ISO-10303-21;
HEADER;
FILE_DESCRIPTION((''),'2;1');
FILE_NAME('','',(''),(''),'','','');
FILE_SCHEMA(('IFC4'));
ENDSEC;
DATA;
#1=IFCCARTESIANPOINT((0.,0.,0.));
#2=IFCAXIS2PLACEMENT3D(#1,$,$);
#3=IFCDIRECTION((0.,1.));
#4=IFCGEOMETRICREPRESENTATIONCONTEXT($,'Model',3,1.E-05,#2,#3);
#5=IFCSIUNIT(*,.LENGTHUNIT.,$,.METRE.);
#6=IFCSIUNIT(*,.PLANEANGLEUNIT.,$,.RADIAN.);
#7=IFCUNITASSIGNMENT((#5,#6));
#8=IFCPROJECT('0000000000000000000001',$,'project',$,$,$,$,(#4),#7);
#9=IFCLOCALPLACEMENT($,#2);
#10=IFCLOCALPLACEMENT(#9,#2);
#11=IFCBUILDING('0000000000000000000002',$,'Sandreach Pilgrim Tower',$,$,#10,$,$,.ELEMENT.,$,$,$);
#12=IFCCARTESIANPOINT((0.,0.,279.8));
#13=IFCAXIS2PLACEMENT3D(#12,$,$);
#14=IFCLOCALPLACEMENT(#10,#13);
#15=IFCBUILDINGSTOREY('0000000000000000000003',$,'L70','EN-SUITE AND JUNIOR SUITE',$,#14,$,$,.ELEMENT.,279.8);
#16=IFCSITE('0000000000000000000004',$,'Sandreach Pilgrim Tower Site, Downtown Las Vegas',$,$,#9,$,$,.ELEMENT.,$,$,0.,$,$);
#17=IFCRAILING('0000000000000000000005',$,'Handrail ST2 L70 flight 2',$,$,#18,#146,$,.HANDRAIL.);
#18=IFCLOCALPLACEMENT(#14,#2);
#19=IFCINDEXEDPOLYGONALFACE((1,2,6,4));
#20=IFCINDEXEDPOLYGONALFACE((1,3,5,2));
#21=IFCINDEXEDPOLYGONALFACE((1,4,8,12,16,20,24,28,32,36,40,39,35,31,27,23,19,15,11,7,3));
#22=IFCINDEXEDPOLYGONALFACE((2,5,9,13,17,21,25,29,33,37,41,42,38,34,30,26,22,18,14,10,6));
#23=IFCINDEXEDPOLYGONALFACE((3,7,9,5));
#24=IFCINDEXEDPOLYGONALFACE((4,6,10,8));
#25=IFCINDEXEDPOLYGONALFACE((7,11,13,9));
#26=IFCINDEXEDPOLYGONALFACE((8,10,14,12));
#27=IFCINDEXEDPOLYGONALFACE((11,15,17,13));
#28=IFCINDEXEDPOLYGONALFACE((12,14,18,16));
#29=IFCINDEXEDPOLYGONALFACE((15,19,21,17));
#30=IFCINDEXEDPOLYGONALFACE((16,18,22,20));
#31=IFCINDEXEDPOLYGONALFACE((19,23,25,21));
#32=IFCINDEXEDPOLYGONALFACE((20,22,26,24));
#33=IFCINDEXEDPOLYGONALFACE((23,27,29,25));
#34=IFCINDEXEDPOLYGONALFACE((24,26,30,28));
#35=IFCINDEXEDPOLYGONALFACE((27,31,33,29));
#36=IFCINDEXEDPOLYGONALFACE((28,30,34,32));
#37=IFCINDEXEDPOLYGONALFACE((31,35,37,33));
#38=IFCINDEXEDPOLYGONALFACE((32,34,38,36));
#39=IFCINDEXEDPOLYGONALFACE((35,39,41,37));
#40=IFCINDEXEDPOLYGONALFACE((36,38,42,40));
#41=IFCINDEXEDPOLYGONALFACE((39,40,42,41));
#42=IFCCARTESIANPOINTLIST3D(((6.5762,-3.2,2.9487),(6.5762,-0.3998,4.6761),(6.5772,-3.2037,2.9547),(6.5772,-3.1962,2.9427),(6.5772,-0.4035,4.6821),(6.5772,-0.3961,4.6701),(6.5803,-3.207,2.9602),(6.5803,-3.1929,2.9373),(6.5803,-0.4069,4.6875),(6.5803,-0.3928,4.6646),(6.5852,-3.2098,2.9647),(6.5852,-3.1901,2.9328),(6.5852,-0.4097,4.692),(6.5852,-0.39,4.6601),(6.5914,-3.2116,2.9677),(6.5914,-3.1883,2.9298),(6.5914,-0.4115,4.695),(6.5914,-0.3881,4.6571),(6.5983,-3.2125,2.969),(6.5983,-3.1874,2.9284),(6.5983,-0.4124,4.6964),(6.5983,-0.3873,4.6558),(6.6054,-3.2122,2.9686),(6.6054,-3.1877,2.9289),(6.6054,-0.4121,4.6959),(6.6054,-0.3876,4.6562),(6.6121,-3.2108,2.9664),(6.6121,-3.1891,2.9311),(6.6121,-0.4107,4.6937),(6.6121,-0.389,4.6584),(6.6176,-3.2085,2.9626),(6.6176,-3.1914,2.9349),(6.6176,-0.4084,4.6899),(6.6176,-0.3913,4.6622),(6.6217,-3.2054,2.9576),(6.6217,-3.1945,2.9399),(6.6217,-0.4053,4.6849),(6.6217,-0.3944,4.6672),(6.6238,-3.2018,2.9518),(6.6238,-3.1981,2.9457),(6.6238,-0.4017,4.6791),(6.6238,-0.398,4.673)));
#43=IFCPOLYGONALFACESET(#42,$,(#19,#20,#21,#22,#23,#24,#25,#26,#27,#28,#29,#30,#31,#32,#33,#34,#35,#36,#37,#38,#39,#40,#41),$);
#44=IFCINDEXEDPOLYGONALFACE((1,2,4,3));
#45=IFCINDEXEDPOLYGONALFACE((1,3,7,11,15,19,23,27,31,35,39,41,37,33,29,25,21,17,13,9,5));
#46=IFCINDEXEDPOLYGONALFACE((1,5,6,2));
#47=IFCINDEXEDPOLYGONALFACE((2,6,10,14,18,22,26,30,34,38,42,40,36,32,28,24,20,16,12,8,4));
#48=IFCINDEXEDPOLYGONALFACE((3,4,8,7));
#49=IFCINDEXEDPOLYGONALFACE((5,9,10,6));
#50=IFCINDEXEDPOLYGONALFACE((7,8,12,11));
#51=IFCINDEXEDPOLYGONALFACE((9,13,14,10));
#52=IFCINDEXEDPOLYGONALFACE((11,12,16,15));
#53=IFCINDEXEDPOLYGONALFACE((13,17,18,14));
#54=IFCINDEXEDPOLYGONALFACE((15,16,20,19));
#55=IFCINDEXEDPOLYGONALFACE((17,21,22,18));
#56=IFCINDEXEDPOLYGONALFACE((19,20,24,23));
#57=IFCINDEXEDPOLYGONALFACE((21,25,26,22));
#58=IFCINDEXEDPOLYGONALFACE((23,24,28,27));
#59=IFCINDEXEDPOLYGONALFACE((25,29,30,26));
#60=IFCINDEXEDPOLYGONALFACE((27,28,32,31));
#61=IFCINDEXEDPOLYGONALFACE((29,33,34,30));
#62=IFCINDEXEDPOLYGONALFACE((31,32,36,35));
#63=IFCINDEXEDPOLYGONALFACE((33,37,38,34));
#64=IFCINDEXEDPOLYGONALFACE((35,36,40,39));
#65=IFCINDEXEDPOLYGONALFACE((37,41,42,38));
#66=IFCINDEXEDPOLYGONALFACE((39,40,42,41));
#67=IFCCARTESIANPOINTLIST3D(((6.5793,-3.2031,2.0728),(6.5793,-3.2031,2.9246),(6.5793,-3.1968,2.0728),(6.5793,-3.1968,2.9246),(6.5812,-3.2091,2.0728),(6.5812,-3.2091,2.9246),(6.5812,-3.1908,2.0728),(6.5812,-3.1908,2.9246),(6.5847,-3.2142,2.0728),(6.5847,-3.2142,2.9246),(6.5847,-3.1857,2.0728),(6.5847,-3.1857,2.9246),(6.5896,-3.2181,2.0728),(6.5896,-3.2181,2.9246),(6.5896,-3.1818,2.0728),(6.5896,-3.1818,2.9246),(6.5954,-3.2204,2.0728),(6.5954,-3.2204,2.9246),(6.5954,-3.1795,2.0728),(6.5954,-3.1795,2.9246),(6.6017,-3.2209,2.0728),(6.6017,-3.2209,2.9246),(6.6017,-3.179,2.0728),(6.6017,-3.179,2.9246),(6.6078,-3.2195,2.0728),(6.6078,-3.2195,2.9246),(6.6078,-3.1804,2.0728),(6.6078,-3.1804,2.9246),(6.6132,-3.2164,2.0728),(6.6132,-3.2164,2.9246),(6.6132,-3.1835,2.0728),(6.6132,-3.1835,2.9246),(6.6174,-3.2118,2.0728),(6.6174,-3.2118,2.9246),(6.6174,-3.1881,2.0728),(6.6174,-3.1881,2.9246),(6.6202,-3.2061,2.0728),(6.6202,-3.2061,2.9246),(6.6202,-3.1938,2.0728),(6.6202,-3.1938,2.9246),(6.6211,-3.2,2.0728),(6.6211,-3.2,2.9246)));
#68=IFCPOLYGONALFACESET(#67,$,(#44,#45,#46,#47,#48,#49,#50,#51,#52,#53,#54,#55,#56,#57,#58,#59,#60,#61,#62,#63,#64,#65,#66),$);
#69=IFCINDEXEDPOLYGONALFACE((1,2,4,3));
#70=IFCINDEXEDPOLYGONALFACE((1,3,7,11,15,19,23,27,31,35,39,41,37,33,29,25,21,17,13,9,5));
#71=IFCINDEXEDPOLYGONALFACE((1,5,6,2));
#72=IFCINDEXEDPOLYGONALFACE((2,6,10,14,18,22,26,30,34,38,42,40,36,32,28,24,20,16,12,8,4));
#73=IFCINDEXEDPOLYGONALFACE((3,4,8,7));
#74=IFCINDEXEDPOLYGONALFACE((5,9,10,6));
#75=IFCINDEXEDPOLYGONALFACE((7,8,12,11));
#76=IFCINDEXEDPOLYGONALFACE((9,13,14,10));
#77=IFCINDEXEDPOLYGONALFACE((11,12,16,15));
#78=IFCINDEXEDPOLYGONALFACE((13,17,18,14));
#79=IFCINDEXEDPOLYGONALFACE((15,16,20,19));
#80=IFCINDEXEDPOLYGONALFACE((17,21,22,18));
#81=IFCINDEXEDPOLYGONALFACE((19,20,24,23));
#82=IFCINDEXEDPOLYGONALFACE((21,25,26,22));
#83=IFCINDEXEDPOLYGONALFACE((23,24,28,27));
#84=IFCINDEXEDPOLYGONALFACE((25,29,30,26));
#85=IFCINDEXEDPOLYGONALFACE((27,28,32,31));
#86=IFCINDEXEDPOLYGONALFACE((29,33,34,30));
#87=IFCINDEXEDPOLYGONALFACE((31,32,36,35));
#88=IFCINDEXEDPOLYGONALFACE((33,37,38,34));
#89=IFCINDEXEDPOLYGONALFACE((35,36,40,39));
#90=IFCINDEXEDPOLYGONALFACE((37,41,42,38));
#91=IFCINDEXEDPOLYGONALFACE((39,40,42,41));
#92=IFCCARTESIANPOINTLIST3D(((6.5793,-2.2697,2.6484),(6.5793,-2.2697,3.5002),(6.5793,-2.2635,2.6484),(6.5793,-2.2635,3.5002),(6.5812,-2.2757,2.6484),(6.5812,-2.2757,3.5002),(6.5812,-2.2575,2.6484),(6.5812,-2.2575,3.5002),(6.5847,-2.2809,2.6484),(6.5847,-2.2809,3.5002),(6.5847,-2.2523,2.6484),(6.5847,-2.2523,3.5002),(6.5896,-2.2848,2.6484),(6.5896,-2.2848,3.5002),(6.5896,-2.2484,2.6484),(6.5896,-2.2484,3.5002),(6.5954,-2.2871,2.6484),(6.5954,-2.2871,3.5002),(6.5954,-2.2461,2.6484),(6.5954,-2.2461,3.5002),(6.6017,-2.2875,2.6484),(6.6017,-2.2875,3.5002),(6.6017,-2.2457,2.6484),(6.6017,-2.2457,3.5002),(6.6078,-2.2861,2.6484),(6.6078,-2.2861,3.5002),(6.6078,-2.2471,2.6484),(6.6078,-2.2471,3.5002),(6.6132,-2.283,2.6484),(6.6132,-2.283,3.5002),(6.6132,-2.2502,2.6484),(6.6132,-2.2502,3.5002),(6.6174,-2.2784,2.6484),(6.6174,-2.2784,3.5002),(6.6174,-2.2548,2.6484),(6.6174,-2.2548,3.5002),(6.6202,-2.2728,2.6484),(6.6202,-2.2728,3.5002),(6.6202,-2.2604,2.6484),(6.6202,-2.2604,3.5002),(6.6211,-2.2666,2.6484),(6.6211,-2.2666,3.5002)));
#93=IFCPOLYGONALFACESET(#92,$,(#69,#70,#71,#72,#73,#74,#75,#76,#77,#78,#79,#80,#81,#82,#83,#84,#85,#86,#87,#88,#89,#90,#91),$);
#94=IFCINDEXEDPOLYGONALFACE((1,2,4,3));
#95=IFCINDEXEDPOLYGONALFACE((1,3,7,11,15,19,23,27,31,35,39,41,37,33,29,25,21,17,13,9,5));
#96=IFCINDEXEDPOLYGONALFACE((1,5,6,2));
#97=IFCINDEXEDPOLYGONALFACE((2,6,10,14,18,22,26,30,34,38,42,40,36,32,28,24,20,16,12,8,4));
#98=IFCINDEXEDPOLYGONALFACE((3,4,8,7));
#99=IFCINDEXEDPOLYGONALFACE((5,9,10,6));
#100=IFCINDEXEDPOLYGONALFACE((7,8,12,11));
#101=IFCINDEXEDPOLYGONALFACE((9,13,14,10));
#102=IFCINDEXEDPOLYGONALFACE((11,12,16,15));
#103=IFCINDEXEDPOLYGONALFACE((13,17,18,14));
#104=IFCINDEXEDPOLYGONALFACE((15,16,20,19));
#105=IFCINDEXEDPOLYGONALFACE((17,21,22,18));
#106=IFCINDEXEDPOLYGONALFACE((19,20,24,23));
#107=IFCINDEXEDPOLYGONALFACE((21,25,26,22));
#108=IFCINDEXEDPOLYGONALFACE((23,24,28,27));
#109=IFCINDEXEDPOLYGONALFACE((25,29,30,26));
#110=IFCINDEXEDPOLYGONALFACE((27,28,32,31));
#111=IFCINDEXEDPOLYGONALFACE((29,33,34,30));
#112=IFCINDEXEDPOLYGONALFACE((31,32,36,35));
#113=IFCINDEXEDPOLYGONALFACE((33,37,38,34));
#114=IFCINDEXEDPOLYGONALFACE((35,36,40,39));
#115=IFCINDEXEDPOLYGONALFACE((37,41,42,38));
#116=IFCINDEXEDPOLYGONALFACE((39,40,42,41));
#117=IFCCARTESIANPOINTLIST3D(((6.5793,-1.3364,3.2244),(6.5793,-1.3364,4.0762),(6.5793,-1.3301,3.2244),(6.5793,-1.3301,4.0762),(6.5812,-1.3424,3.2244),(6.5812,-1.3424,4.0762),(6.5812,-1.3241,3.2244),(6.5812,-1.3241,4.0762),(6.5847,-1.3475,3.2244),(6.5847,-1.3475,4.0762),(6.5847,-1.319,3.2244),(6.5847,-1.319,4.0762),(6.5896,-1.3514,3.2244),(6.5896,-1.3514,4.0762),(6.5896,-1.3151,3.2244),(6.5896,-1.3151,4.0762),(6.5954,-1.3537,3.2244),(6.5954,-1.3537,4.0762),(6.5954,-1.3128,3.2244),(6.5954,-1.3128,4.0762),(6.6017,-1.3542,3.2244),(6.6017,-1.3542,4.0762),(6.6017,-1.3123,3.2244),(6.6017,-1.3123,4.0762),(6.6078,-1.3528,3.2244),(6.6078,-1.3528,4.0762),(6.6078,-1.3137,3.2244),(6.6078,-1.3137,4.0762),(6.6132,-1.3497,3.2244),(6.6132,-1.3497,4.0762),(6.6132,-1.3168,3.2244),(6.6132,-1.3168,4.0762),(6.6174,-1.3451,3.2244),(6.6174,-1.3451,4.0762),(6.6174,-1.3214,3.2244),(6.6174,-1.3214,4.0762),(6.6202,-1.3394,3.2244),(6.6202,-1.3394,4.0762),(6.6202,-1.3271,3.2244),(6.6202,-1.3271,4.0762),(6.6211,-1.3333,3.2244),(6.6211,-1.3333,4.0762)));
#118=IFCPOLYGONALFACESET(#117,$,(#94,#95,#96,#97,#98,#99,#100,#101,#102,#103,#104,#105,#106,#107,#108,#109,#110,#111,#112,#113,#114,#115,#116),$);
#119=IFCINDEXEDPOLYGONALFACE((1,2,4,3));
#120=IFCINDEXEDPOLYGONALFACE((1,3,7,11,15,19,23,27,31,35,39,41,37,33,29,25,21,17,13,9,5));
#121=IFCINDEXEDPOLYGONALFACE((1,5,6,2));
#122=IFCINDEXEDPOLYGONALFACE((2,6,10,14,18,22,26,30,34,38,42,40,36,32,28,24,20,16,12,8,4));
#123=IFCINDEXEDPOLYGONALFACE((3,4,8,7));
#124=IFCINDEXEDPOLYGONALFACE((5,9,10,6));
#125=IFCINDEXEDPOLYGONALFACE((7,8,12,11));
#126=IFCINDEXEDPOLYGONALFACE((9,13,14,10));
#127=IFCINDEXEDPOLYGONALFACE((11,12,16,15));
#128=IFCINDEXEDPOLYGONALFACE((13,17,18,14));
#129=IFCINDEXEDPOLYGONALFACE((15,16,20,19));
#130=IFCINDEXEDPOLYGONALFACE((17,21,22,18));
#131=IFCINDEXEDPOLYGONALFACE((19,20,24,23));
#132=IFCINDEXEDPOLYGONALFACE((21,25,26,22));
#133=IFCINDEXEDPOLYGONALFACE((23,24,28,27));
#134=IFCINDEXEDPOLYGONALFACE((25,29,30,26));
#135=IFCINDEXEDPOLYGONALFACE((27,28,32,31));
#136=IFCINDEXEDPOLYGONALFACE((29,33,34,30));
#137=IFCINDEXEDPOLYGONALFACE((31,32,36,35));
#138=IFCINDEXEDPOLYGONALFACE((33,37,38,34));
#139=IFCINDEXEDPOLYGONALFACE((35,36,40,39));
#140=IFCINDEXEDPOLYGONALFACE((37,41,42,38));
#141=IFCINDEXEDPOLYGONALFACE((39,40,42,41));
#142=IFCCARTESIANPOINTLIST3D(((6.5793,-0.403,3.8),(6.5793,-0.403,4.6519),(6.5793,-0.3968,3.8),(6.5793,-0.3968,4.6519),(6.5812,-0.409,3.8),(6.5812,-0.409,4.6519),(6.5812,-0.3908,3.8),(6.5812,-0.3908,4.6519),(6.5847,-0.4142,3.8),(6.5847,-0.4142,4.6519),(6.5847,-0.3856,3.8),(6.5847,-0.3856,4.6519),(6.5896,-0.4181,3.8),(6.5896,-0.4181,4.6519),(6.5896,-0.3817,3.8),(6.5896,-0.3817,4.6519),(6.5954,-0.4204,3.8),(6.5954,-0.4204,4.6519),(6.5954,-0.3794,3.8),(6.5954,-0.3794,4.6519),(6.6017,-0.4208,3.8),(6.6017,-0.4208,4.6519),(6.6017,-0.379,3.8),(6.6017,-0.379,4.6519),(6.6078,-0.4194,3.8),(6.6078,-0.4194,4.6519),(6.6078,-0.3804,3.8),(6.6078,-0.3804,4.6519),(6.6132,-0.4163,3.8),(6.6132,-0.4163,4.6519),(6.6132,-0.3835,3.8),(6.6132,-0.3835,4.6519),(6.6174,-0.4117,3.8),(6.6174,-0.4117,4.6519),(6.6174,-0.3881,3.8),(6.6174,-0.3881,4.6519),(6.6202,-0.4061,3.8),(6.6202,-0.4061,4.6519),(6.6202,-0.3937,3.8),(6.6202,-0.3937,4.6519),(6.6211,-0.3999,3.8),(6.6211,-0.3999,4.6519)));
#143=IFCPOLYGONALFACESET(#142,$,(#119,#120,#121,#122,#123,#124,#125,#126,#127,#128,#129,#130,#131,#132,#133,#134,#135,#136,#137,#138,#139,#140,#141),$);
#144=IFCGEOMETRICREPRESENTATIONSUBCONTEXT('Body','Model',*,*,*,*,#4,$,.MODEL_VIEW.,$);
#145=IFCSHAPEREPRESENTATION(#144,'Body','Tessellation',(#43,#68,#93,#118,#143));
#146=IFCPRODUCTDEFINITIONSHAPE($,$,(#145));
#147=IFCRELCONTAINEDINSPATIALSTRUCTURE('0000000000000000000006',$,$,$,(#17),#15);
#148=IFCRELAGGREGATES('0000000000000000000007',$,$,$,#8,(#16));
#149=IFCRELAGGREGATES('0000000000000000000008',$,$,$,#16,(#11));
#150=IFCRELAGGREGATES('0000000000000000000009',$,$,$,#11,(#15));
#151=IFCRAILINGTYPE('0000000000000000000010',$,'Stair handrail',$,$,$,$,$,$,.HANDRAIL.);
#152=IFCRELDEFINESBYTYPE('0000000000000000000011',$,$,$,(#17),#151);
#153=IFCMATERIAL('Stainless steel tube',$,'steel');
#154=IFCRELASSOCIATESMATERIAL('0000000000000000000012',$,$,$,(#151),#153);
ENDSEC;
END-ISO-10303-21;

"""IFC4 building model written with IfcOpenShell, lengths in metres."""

from ifc_helpers import new_model, si_unit, direction, frame, origin, origin_2d, place, context, subcontext, project, spatial, circle, extrude, material, type_object, element, save


model = new_model("IFC4")

# Units and contexts
model_context = context("Model", 3, precision=1e-05, world=origin(), true_north=direction((0.0, 1.0)))
body_context = subcontext(model_context, "Body", "Model", "MODEL_VIEW")
ifc_project = project(units=[si_unit("LENGTHUNIT", "METRE"), si_unit("PLANEANGLEUNIT", "RADIAN")], contexts=[model_context])

# Site, building, storey
site_placement = place(None, origin())
site = spatial("IfcSite", under=ifc_project, at=site_placement, Name="Sandreach Pilgrim Tower Site, Downtown Las Vegas", CompositionType="ELEMENT", RefElevation=0.0)
building_placement = place(site_placement, origin())
building = spatial("IfcBuilding", under=site, at=building_placement, Name="Sandreach Pilgrim Tower", CompositionType="ELEMENT")
storey_placement = place(building_placement, frame((0.0, 0.0, 279.8)))
storey = spatial("IfcBuildingStorey", under=building, at=storey_placement, Name="L70", Description="EN-SUITE AND JUNIOR SUITE", CompositionType="ELEMENT", Elevation=279.8)

# Railing
ifc_material_1 = material(Name="Stainless steel tube", Category="steel")
railing_type = type_object("IfcRailingType", Name="Stair handrail", PredefinedType="HANDRAIL", material=ifc_material_1)
for number, where, name in (
    (1, (6.6001, -3.2, 2.0728), "Handrail ST2 L70 flight 2"),
):
    element("IfcRailing", number, at=place(storey_placement, frame(where)), inside=storey, type_object=railing_type, Name=name, PredefinedType="HANDRAIL", context=body_context, shape_type="SweptSolid", body=[
        extrude(circle(Radius=0.0239, at=origin_2d()), frame((0.0, 0.0, 0.876), z_axis=(0.0, 0.85109, 0.52502), x_axis=(-1.0, 0.0, 0.0)), (0.0, 0.0, 1.0), 3.29),
        extrude(circle(Radius=0.021, at=origin_2d()), origin(), (0.0, 0.0, 1.0), 0.8518),
        extrude(circle(Radius=0.021, at=origin_2d()), frame((0.0, 0.9333, 0.5757)), (0.0, 0.0, 1.0), 0.8518),
        extrude(circle(Radius=0.021, at=origin_2d()), frame((0.0, 1.8667, 1.1516)), (0.0, 0.0, 1.0), 0.8518),
        extrude(circle(Radius=0.021, at=origin_2d()), frame((0.0, 2.8, 1.7273)), (0.0, 0.0, 1.0), 0.8518),
    ])

save(model, "model.ifc")
